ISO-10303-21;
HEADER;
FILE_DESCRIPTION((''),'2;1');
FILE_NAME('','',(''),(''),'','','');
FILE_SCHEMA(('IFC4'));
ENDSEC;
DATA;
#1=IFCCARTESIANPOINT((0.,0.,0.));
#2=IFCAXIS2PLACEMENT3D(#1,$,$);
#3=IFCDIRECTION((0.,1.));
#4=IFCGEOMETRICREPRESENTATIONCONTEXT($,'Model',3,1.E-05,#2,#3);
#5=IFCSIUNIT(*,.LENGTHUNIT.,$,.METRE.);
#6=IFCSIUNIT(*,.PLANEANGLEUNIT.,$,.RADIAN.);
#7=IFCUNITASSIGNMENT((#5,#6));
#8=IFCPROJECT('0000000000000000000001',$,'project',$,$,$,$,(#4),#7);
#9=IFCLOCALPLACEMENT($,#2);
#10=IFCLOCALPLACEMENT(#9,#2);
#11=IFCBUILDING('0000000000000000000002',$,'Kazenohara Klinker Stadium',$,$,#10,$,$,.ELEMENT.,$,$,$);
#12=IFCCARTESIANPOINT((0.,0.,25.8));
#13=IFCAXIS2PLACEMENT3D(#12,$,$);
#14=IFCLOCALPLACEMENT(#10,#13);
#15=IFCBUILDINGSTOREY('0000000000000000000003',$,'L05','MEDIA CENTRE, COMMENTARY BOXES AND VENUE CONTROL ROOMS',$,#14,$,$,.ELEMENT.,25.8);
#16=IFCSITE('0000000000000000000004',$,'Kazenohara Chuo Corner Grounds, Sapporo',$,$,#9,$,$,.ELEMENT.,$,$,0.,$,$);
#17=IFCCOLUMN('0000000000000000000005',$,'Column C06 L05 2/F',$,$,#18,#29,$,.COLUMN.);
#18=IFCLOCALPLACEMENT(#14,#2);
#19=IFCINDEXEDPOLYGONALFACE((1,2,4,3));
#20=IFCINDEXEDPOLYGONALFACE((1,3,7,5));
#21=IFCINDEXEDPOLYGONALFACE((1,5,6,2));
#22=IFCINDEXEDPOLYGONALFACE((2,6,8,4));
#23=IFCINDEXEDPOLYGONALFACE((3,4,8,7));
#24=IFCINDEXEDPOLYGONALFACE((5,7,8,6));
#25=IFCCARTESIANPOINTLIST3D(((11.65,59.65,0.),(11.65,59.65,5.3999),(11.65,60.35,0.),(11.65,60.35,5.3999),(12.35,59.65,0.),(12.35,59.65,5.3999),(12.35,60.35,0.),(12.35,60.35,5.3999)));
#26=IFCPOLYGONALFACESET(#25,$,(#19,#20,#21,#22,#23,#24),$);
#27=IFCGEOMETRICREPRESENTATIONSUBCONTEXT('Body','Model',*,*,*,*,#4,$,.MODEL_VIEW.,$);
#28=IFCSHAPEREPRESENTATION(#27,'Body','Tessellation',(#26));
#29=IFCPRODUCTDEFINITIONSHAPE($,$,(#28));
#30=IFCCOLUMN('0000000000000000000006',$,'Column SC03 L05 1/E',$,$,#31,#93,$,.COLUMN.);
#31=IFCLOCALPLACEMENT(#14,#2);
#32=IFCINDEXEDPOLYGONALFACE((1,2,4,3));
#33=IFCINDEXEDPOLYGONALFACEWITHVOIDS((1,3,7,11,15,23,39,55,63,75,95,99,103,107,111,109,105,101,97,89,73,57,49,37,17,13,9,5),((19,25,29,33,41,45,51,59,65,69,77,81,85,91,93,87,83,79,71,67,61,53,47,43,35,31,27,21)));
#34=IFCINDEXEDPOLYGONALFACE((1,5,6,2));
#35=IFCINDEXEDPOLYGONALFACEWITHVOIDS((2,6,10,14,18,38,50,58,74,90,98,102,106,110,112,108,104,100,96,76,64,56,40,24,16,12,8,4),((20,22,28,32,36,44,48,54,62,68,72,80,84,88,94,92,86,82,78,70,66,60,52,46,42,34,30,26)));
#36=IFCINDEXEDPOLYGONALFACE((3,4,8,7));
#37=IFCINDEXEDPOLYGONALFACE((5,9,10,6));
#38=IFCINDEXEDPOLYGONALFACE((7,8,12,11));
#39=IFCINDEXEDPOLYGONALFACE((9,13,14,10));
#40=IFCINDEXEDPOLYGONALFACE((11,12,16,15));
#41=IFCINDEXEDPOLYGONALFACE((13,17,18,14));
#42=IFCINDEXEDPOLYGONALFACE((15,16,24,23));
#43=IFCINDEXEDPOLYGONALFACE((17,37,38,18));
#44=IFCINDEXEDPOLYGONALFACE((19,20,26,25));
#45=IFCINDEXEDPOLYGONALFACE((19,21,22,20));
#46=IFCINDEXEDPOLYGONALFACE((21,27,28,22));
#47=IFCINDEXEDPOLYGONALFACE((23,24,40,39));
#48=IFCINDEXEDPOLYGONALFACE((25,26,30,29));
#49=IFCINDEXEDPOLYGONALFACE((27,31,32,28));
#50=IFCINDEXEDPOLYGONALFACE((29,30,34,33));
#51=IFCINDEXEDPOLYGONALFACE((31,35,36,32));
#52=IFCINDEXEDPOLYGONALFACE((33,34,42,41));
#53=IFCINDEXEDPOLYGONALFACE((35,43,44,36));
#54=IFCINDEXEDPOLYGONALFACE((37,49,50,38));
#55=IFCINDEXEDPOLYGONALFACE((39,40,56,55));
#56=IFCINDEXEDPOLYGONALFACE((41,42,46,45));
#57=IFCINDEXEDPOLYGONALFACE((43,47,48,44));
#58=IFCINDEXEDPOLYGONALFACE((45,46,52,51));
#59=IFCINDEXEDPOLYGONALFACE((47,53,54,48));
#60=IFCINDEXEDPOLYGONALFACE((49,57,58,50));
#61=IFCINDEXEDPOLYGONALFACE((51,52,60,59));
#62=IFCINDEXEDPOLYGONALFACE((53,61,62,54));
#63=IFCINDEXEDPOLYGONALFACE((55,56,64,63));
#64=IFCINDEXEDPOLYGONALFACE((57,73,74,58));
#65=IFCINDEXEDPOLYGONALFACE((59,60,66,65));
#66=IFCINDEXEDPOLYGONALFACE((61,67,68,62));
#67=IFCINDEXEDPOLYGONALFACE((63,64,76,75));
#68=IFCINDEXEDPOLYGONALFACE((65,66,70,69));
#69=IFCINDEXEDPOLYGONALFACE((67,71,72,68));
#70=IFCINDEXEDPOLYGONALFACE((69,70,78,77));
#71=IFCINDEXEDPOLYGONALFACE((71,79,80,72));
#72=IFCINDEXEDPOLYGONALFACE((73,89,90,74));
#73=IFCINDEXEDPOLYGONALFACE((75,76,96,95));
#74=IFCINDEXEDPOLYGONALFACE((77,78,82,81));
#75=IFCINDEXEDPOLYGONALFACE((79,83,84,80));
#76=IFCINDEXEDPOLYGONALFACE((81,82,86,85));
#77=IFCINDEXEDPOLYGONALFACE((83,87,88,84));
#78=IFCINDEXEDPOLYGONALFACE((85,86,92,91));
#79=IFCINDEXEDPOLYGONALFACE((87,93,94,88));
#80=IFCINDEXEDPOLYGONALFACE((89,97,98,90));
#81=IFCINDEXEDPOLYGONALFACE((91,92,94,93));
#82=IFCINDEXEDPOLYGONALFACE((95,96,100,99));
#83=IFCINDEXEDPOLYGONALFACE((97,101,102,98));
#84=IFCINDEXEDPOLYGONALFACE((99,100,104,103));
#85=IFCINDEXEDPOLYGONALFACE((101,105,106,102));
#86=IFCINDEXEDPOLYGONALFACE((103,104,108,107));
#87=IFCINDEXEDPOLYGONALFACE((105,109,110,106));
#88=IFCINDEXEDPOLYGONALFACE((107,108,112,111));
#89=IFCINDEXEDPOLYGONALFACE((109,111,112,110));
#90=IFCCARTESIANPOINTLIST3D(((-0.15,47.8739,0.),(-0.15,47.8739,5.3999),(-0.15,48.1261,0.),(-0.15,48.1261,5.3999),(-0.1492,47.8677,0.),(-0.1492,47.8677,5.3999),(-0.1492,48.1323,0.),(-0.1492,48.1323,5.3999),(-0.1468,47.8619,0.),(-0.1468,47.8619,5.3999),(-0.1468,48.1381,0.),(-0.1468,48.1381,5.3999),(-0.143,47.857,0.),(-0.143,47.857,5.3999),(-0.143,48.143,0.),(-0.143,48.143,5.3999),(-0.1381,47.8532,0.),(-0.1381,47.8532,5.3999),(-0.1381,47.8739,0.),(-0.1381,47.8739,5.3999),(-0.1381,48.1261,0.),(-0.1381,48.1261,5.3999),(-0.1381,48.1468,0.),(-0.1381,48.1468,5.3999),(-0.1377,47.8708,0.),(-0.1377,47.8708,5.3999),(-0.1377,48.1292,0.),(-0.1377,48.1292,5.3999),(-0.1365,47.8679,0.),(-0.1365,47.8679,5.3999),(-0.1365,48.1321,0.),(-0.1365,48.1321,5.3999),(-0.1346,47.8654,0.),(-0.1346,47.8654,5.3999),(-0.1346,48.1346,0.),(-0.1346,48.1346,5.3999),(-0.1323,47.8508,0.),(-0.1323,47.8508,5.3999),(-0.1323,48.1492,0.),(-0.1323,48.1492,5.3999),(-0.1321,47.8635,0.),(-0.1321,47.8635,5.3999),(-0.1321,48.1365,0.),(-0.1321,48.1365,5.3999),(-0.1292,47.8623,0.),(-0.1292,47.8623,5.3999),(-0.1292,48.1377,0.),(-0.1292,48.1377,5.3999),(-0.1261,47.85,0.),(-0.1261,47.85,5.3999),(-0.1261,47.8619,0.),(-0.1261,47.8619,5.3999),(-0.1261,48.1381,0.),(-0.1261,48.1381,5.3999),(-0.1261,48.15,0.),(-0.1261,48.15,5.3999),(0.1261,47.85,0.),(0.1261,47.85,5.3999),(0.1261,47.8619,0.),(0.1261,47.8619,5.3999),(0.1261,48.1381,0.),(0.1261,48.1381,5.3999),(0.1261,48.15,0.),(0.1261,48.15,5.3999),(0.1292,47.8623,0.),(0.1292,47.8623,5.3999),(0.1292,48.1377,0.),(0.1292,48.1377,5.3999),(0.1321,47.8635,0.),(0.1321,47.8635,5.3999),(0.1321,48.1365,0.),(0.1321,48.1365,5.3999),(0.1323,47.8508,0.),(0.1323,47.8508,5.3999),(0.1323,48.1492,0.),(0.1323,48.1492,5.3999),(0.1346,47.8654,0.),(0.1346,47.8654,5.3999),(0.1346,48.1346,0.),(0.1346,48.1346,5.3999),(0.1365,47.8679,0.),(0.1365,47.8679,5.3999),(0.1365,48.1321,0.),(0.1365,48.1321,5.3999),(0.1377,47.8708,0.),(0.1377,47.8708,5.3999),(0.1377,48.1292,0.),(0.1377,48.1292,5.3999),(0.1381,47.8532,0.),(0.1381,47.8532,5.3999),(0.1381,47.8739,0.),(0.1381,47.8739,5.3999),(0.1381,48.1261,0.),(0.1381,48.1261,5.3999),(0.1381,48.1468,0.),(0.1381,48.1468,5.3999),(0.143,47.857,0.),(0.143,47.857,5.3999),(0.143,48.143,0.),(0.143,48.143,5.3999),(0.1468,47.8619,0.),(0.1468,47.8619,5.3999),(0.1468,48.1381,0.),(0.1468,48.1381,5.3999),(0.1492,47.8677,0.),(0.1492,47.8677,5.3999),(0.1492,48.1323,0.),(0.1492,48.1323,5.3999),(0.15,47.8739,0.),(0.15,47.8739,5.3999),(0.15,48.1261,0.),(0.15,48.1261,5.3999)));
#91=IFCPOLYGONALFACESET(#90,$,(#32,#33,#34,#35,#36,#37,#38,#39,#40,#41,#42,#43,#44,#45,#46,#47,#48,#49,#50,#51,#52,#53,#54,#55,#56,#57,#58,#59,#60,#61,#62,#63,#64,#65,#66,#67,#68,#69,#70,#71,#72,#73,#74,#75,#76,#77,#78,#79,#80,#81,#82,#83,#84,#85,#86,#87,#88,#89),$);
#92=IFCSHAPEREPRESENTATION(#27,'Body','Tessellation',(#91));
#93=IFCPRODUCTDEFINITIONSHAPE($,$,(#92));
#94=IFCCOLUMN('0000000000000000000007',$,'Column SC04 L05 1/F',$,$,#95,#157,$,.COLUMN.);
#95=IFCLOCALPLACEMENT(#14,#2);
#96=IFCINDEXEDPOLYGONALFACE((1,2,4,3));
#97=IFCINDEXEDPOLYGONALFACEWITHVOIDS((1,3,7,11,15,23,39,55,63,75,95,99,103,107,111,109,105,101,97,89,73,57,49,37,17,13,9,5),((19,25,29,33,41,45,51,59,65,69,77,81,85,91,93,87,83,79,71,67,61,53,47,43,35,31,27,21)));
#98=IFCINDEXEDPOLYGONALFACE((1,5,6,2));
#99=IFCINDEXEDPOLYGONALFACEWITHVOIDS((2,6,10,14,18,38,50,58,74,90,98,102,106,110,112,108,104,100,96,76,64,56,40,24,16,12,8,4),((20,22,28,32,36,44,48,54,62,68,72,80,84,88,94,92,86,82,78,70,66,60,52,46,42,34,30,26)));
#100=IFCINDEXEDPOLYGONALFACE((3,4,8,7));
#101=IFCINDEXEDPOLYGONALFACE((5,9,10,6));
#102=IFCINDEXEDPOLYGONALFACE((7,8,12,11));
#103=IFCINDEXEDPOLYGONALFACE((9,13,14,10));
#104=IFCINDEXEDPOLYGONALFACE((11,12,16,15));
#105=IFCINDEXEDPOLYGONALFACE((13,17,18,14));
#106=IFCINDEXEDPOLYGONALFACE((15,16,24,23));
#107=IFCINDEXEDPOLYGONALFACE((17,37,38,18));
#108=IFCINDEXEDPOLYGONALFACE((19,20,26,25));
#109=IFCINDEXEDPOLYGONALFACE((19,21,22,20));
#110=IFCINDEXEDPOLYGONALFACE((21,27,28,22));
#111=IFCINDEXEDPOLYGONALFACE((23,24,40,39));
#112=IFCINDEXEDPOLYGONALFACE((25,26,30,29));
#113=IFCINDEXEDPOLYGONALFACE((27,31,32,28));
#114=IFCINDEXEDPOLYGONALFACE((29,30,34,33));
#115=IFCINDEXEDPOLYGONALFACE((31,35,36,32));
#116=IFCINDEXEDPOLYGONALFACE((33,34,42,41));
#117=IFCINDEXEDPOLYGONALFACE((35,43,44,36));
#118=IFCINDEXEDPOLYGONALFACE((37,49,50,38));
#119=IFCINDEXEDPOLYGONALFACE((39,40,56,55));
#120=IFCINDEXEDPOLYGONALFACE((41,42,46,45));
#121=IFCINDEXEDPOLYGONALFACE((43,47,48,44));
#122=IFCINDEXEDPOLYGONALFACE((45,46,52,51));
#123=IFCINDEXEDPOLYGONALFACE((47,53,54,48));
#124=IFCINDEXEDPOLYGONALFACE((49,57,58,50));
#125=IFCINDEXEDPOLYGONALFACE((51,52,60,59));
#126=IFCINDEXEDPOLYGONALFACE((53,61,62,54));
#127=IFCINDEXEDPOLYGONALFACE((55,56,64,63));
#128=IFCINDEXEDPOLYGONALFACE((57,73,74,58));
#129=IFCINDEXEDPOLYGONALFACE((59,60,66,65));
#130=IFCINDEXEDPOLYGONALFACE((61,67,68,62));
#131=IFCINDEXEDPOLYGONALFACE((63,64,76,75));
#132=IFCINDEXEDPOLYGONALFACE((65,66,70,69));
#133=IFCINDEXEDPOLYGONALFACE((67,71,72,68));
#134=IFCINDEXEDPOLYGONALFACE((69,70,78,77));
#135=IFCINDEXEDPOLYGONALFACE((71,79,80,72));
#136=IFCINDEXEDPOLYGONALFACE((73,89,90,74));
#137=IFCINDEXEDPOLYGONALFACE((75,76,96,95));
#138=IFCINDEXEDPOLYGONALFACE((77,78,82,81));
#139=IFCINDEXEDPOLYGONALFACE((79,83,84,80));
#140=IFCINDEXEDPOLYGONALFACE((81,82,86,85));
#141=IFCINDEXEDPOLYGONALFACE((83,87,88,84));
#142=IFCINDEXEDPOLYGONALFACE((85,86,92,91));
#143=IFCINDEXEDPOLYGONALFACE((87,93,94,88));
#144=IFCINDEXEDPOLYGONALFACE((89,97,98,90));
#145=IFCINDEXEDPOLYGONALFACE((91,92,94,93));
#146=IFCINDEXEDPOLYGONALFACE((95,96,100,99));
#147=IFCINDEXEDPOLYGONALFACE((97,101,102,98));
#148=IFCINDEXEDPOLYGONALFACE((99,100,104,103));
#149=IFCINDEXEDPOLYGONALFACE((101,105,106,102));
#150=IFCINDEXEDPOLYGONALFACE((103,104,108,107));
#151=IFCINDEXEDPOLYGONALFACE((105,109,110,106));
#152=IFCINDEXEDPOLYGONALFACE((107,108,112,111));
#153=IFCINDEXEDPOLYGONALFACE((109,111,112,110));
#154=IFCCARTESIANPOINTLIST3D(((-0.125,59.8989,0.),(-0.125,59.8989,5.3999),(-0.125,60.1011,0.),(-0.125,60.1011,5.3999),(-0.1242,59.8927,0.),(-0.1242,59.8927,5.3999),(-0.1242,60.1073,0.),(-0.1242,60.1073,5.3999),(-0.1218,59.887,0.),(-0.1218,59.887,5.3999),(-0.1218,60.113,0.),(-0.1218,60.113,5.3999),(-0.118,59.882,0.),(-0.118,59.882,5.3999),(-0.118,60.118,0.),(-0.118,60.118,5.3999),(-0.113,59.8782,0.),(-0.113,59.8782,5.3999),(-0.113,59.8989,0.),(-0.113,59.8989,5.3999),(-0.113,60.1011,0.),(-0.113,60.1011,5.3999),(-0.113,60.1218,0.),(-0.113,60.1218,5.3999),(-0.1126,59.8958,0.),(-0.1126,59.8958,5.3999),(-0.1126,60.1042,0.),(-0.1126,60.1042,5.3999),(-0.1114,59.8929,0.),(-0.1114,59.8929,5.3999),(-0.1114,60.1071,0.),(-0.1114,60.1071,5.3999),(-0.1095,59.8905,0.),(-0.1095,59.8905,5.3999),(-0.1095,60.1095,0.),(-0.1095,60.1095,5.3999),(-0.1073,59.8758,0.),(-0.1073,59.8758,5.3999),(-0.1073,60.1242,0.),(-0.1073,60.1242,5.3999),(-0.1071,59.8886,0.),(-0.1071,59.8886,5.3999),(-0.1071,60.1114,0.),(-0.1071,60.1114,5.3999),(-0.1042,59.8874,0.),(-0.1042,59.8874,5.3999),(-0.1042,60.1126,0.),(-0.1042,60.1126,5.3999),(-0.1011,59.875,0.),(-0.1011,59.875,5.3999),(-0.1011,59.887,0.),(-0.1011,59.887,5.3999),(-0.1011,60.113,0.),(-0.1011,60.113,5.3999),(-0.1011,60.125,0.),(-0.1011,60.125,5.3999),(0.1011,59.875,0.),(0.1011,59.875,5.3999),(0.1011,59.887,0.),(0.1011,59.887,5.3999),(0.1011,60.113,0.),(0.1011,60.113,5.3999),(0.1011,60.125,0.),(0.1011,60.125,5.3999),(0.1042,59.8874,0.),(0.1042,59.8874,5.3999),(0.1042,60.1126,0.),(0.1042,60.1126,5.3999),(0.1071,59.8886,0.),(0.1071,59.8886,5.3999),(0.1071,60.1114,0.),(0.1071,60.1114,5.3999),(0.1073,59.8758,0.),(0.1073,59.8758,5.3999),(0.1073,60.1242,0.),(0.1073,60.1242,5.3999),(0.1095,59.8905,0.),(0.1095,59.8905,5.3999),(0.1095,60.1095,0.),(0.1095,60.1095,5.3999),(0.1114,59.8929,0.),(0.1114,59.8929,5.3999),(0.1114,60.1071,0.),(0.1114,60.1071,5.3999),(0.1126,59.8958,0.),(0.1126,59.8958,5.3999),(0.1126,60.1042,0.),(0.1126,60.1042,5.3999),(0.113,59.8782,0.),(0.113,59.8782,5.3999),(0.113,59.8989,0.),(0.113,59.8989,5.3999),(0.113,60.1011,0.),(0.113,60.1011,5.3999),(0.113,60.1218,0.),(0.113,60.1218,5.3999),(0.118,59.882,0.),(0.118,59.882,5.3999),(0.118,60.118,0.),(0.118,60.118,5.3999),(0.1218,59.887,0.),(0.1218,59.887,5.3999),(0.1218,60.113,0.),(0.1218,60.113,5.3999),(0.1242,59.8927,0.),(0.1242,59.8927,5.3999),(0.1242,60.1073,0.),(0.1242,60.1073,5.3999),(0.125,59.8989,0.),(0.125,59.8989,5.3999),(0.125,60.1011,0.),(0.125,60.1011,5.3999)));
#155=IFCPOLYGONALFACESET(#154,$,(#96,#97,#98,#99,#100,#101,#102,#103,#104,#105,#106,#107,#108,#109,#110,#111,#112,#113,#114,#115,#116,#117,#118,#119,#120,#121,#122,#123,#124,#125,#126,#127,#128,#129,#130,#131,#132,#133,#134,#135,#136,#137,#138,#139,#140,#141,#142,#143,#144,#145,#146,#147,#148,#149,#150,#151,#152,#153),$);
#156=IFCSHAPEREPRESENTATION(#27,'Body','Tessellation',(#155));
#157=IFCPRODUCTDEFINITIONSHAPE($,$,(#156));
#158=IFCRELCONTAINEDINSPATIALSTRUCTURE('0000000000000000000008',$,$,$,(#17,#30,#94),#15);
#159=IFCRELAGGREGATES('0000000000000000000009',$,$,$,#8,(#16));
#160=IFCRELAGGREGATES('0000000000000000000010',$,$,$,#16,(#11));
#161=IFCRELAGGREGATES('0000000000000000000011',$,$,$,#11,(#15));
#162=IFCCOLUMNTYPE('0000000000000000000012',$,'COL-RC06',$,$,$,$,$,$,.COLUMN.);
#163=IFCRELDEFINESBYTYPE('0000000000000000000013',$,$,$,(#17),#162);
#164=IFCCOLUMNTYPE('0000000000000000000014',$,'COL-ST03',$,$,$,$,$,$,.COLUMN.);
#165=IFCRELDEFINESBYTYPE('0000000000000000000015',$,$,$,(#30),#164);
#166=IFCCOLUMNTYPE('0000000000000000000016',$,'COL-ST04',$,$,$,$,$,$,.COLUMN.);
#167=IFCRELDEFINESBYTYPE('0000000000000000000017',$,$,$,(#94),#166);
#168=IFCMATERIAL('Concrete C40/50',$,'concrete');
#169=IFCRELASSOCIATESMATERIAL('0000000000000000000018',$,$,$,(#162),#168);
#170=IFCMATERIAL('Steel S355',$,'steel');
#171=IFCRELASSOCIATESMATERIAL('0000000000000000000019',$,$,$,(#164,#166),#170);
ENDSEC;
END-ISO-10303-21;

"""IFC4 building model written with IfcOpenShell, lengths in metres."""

from ifc_helpers import new_model, si_unit, direction, frame, origin, origin_2d, place, context, subcontext, project, spatial, rectangle, hollow_rectangle, extrude, material, material_profile, profile_set, type_object, element, save


model = new_model("IFC4")

# Units and contexts
model_context = context("Model", 3, precision=1e-05, world=origin(), true_north=direction((0.0, 1.0)))
body_context = subcontext(model_context, "Body", "Model", "MODEL_VIEW")
ifc_project = project(units=[si_unit("LENGTHUNIT", "METRE"), si_unit("PLANEANGLEUNIT", "RADIAN")], contexts=[model_context])

# Site, building, storey
site_placement = place(None, origin())
site = spatial("IfcSite", under=ifc_project, at=site_placement, Name="Kazenohara Chuo Corner Grounds, Sapporo", CompositionType="ELEMENT", RefElevation=0.0)
building_placement = place(site_placement, origin())
building = spatial("IfcBuilding", under=site, at=building_placement, Name="Kazenohara Klinker Stadium", CompositionType="ELEMENT")
storey_placement = place(building_placement, frame((0.0, 0.0, 25.8)))
storey = spatial("IfcBuildingStorey", under=building, at=storey_placement, Name="L05", Description="MEDIA CENTRE, COMMENTARY BOXES AND VENUE CONTROL ROOMS", CompositionType="ELEMENT", Elevation=25.8)

# Columns
ifc_material_1 = material(Name="Concrete C40/50", Category="concrete")
ifc_material_profile_1 = material_profile(ifc_material_1, rectangle(XDim=0.7, YDim=0.7, at=origin_2d()), Name="RC-COL-700x700")
ifc_profile_set_1 = profile_set([ifc_material_profile_1], Name="Concrete C40/50")
column_type_1 = type_object("IfcColumnType", Name="COL-RC06", PredefinedType="COLUMN", material=ifc_profile_set_1)
column_1_placement = place(storey_placement, frame((12.0, 60.0, 0.0), z_axis=(0.0, 0.0, 1.0), x_axis=(1.0, 0.0, 0.0)))
element("IfcColumn", 1, at=column_1_placement, inside=storey, type_object=column_type_1, Name="Column C06 L05 2/F", PredefinedType="COLUMN", context=body_context, shape_type="SweptSolid", body=[
    extrude(rectangle(XDim=0.7, YDim=0.7, at=origin_2d()), origin(), (0.0, 0.0, 1.0), 5.3999),
])
ifc_material_2 = material(Name="Steel S355", Category="steel")
ifc_material_profile_2 = material_profile(ifc_material_2, hollow_rectangle(XDim=0.3, YDim=0.3, WallThickness=0.012, InnerFilletRadius=0.012, OuterFilletRadius=0.0239, at=origin_2d()), Name="SHS-300x300x12")
ifc_profile_set_2 = profile_set([ifc_material_profile_2], Name="Steel S355")
column_type_2 = type_object("IfcColumnType", Name="COL-ST03", PredefinedType="COLUMN", material=ifc_profile_set_2)
column_2_placement = place(storey_placement, frame((0.0, 48.0, 0.0), z_axis=(0.0, 0.0, 1.0), x_axis=(1.0, 0.0, 0.0)))
element("IfcColumn", 2, at=column_2_placement, inside=storey, type_object=column_type_2, Name="Column SC03 L05 1/E", PredefinedType="COLUMN", context=body_context, shape_type="SweptSolid", body=[
    extrude(hollow_rectangle(XDim=0.3, YDim=0.3, WallThickness=0.012, InnerFilletRadius=0.012, OuterFilletRadius=0.0239, at=origin_2d()), origin(), (0.0, 0.0, 1.0), 5.3999),
])
ifc_material_profile_3 = material_profile(ifc_material_2, hollow_rectangle(XDim=0.25, YDim=0.25, WallThickness=0.012, InnerFilletRadius=0.012, OuterFilletRadius=0.0239, at=origin_2d()), Name="SHS-250x250x12")
ifc_profile_set_3 = profile_set([ifc_material_profile_3], Name="Steel S355")
column_type_3 = type_object("IfcColumnType", Name="COL-ST04", PredefinedType="COLUMN", material=ifc_profile_set_3)
for number, where, z_axis, x_axis, name in (
    (3, (0.0, 60.0, 0.0), (0.0, 0.0, 1.0), (1.0, 0.0, 0.0), "Column SC04 L05 1/F"),
):
    element("IfcColumn", number, at=place(storey_placement, frame(where, z_axis=z_axis, x_axis=x_axis)), inside=storey, type_object=column_type_3, Name=name, PredefinedType="COLUMN", context=body_context, shape_type="SweptSolid", body=[
        extrude(hollow_rectangle(XDim=0.25, YDim=0.25, WallThickness=0.012, InnerFilletRadius=0.012, OuterFilletRadius=0.0239, at=origin_2d()), origin(), (0.0, 0.0, 1.0), 5.3999),
    ])

save(model, "model.ifc")
